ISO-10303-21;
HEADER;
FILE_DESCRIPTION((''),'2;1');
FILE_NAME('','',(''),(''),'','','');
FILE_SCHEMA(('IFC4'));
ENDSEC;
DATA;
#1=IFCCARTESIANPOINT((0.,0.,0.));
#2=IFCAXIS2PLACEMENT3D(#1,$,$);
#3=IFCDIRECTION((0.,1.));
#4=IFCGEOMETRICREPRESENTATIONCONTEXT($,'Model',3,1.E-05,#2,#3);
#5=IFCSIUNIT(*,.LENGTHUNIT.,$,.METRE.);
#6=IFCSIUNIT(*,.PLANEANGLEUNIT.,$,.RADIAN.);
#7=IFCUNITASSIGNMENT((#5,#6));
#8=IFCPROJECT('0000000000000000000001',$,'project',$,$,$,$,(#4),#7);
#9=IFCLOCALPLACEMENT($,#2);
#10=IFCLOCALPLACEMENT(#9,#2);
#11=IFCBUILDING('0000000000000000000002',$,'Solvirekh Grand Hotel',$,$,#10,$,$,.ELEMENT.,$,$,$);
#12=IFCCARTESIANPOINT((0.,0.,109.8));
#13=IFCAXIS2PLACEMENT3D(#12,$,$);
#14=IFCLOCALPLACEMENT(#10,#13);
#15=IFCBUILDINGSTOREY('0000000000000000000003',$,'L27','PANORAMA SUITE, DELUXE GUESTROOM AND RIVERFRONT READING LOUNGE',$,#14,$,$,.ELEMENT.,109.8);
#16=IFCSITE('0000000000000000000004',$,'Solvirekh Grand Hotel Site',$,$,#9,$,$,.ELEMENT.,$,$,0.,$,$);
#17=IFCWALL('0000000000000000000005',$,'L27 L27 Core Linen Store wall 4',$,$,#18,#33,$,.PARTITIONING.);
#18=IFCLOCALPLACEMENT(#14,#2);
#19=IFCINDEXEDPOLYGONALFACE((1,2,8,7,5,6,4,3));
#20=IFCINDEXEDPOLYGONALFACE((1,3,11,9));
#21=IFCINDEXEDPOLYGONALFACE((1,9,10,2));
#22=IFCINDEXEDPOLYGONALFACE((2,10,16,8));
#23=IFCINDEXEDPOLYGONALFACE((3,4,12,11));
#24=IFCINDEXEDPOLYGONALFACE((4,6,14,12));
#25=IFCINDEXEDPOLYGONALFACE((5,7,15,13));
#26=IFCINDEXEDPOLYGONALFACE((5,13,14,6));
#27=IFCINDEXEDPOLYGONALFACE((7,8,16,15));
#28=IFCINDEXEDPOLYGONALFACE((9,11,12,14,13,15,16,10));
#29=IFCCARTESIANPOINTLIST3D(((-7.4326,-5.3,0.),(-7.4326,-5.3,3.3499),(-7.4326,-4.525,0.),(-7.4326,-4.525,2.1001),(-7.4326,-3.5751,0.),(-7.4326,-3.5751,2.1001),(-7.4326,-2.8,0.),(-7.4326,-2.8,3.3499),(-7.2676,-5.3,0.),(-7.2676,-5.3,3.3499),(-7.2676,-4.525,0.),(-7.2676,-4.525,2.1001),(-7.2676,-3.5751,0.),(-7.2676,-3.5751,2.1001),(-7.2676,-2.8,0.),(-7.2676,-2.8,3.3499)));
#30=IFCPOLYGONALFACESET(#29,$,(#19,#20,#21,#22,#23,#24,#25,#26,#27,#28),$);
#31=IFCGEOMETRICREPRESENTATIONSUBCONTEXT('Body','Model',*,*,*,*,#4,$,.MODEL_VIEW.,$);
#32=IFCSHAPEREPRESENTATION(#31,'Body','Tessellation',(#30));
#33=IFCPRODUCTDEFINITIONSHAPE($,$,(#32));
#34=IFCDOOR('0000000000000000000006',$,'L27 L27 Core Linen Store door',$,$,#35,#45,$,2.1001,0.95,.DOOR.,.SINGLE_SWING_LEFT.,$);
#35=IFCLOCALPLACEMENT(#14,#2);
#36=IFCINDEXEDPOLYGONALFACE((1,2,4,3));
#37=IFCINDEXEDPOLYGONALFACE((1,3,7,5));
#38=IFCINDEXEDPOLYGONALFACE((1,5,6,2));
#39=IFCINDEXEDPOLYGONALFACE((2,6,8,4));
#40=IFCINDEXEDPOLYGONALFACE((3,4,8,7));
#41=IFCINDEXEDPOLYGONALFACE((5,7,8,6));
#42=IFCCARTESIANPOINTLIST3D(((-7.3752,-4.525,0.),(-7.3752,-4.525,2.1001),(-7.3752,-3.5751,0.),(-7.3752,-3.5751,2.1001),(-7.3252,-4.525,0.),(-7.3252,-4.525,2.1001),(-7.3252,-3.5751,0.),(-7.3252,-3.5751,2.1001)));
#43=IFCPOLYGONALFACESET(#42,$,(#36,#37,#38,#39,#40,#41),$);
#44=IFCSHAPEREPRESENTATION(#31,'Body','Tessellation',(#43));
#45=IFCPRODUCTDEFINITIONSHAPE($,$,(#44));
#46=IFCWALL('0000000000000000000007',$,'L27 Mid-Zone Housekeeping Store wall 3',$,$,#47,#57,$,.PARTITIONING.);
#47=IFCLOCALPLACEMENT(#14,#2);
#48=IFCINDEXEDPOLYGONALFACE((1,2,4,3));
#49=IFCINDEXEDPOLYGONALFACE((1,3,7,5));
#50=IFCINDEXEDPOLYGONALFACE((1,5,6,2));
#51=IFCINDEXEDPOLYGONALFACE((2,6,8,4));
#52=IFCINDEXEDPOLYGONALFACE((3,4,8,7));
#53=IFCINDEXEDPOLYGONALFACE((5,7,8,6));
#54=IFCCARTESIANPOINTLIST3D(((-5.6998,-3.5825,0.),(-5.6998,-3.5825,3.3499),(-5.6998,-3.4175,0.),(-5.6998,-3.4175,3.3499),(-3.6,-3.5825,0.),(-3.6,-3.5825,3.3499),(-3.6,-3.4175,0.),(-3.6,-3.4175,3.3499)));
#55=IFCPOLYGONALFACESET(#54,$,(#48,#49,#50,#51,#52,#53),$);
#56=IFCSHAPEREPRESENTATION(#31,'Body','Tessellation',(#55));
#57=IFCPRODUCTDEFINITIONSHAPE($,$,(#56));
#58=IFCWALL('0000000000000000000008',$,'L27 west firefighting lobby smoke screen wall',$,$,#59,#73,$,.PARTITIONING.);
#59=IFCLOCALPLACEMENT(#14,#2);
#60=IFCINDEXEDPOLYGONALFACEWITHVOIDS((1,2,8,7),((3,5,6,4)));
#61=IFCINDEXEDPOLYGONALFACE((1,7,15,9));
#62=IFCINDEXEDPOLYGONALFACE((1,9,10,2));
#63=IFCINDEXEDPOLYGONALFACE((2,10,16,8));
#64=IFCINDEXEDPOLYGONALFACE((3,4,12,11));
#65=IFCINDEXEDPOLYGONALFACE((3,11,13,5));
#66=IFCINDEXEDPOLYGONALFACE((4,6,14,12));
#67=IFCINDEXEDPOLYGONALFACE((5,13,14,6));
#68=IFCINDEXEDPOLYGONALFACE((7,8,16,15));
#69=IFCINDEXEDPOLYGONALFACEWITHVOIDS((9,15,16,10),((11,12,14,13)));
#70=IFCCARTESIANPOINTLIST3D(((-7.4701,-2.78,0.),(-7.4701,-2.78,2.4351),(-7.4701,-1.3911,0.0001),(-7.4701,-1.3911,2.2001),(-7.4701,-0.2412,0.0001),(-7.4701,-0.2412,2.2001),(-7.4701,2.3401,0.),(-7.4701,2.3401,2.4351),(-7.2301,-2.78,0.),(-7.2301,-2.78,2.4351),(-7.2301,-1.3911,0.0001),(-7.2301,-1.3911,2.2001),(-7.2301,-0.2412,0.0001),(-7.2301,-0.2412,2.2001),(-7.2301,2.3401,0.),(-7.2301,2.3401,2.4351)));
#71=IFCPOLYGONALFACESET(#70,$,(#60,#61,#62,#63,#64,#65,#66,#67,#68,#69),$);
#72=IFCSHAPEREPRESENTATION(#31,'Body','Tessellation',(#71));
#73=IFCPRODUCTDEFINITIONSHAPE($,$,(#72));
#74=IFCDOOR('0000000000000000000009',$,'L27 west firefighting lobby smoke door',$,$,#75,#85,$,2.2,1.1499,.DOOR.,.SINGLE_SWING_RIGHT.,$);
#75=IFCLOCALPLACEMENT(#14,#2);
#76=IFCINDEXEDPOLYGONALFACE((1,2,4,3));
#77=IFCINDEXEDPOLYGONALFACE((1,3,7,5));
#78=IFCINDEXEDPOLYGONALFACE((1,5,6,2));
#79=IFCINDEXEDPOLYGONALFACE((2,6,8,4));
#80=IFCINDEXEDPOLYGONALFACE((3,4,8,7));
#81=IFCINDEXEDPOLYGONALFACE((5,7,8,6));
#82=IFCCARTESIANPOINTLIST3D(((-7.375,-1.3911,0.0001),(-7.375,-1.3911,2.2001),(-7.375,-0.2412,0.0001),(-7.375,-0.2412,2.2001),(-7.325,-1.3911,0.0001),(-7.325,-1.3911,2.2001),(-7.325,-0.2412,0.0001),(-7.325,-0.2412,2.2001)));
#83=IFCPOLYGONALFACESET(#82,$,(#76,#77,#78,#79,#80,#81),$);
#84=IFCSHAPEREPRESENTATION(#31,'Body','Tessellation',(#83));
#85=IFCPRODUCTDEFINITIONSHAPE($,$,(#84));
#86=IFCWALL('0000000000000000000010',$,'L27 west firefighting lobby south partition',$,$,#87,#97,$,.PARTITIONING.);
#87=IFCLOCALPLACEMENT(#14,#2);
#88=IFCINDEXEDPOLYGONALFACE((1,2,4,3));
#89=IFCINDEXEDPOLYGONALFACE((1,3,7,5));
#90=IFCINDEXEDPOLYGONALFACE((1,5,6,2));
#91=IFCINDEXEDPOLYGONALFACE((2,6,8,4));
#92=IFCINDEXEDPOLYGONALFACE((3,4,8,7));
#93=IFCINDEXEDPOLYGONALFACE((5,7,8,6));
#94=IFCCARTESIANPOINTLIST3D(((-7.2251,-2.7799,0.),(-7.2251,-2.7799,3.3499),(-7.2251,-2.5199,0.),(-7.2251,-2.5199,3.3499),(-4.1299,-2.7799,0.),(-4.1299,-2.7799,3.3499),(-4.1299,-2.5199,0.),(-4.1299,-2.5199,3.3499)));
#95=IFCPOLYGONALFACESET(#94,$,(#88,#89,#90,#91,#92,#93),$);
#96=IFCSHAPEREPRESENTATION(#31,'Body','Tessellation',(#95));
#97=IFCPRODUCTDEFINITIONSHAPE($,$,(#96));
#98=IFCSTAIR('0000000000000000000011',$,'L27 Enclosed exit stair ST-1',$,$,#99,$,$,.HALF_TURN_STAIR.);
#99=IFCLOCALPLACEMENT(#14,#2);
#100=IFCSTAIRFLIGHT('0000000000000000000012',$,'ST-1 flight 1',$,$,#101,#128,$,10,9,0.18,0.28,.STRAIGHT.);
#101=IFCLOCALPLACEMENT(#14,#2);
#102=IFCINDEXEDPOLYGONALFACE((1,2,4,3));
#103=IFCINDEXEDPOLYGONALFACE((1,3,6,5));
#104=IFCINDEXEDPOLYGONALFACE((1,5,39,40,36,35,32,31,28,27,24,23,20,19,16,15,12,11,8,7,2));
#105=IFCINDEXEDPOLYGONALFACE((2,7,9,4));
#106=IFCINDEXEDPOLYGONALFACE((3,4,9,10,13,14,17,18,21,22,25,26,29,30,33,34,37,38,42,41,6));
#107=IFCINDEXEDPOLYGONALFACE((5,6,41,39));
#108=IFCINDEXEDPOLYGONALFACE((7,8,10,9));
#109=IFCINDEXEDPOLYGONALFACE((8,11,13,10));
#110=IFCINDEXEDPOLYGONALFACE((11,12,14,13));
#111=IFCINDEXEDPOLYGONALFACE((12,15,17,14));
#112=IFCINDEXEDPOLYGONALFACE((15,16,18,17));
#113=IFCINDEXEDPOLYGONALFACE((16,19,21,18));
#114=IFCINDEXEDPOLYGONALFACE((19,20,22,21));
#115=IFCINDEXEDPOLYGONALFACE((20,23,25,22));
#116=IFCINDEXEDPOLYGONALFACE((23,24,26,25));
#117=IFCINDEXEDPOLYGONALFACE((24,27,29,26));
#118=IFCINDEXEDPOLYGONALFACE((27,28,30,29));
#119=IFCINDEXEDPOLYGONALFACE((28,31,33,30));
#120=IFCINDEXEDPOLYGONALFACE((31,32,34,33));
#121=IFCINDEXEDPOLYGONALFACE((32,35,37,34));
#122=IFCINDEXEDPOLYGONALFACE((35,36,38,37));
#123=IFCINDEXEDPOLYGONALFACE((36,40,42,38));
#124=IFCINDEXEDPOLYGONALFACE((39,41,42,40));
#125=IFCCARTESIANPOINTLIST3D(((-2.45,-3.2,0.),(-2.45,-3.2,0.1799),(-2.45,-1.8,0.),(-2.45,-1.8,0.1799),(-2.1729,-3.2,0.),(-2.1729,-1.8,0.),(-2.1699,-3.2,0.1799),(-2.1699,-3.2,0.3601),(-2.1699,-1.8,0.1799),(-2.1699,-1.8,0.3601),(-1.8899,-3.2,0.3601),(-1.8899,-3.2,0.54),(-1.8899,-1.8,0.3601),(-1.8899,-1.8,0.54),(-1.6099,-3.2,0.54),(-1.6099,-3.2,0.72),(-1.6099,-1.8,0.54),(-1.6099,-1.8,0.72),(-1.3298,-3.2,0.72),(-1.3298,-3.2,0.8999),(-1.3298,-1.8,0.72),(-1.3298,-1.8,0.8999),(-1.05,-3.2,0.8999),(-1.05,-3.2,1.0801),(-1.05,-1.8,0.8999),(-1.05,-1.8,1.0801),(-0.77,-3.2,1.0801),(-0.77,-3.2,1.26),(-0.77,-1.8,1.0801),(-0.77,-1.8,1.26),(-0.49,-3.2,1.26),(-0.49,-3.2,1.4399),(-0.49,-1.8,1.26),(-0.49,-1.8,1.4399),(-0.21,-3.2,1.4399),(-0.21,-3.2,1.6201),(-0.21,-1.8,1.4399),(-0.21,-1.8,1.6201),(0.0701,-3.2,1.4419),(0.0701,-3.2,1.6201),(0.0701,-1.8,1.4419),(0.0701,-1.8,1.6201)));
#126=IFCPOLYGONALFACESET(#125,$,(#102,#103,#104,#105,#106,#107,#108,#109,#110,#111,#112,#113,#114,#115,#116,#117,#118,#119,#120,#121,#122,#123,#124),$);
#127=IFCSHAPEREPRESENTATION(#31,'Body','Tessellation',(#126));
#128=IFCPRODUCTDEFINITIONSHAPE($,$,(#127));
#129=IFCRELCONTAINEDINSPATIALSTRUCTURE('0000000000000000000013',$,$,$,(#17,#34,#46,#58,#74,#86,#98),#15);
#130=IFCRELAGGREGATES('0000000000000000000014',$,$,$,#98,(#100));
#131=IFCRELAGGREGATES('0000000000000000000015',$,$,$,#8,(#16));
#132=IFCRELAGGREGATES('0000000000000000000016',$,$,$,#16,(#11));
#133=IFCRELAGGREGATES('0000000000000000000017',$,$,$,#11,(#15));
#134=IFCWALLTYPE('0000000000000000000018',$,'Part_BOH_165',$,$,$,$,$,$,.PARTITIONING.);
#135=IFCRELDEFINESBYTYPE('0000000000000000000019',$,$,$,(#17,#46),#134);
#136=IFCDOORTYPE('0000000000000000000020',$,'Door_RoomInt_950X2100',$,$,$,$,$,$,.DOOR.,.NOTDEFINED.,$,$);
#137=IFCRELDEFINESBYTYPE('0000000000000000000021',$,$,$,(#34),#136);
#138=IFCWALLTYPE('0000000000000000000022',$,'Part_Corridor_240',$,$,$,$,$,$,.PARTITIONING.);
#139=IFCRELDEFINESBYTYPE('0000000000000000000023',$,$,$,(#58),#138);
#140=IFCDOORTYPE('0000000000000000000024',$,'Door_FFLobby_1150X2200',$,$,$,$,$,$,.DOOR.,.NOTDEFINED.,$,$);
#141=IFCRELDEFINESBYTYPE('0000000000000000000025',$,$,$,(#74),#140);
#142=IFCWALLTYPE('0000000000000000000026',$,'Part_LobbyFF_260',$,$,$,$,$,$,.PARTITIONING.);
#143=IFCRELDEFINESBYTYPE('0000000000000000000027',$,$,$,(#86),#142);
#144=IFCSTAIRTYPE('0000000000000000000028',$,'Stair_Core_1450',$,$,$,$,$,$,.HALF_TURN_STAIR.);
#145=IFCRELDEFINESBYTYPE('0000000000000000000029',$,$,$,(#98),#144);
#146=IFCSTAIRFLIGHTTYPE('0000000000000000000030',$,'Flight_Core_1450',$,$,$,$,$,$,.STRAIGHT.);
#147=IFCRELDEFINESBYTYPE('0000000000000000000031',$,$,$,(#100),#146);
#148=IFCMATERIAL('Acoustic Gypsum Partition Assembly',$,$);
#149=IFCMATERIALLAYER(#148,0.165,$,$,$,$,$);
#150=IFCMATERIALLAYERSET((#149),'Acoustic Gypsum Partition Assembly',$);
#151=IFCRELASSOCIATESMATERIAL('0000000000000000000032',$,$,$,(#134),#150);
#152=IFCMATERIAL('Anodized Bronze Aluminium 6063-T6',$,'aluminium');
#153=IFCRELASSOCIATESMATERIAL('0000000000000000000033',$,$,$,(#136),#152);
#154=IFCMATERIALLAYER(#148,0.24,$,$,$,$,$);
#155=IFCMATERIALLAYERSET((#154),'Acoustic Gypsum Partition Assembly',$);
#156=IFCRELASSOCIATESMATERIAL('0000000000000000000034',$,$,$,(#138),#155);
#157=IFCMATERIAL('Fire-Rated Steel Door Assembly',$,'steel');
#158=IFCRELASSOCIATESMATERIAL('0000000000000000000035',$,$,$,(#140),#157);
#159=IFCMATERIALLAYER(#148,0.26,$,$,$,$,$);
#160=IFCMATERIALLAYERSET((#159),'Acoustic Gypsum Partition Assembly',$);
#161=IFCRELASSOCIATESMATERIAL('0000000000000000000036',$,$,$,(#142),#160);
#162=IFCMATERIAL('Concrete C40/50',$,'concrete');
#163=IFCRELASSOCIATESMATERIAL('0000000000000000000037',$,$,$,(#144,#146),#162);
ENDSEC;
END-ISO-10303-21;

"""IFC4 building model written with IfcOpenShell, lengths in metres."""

from ifc_helpers import new_model, si_unit, direction, frame, frame_2d, origin, place, context, subcontext, project, spatial, polyline, rectangle, outline, extrude, material, layer, layer_set, type_object, element, fill, aggregate, save


model = new_model("IFC4")

# Units and contexts
model_context = context("Model", 3, precision=1e-05, world=origin(), true_north=direction((0.0, 1.0)))
body_context = subcontext(model_context, "Body", "Model", "MODEL_VIEW")
ifc_project = project(units=[si_unit("LENGTHUNIT", "METRE"), si_unit("PLANEANGLEUNIT", "RADIAN")], contexts=[model_context])

# Site, building, storey
site_placement = place(None, origin())
site = spatial("IfcSite", under=ifc_project, at=site_placement, Name="Solvirekh Grand Hotel Site", CompositionType="ELEMENT", RefElevation=0.0)
building_placement = place(site_placement, origin())
building = spatial("IfcBuilding", under=site, at=building_placement, Name="Solvirekh Grand Hotel", CompositionType="ELEMENT")
storey_placement = place(building_placement, frame((0.0, 0.0, 109.8)))
storey = spatial("IfcBuildingStorey", under=building, at=storey_placement, Name="L27", Description="PANORAMA SUITE, DELUXE GUESTROOM AND RIVERFRONT READING LOUNGE", CompositionType="ELEMENT", Elevation=109.8)

# Shared definitions
ifc_material_1 = material(Name="Concrete C40/50", Category="concrete")
ifc_material_2 = material(Name="Fire-Rated Steel Door Assembly", Category="steel")

# Shared definitions
ifc_material_3 = material(Name="Acoustic Gypsum Partition Assembly")
ifc_layer_1 = layer(ifc_material_3, 0.165)
ifc_layer_set_1 = layer_set([ifc_layer_1], Name="Acoustic Gypsum Partition Assembly")
wall_type_1 = type_object("IfcWallType", Name="Part_BOH_165", PredefinedType="PARTITIONING", material=ifc_layer_set_1)

# Wall, opening, door
wall_1_placement = place(storey_placement, frame((-7.3501, -2.8, 0.0), z_axis=(0.0, 0.0, 1.0), x_axis=(0.0, -1.0, 0.0)))
wall_1 = element("IfcWall", 1, at=wall_1_placement, inside=storey, type_object=wall_type_1, Name="L27 L27 Core Linen Store wall 4", PredefinedType="PARTITIONING", context=body_context, shape_type="SweptSolid", body=[
    extrude(rectangle(XDim=2.5, YDim=0.165, at=frame_2d((1.25, 0.0))), origin(), (0.0, 0.0, 1.0), 3.3499),
])
opening_1_placement = place(wall_1_placement, frame((0.7749, 0.0, 0.0)))
opening_1 = element("IfcOpeningElement", 2, at=opening_1_placement, cuts=wall_1, PredefinedType="OPENING", context=body_context, shape_type="SweptSolid", body=[
    extrude(rectangle(XDim=0.95, YDim=2.1001, at=frame_2d((0.4751, 1.05))), frame((0.0, 0.0925, 0.0), z_axis=(0.0, -1.0, 0.0), x_axis=(1.0, 0.0, 0.0)), (0.0, 0.0, 1.0), 0.1851),
])
ifc_material_4 = material(Name="Anodized Bronze Aluminium 6063-T6", Category="aluminium")
door_type_1 = type_object("IfcDoorType", Name="Door_RoomInt_950X2100", OperationType="NOTDEFINED", PredefinedType="DOOR", material=ifc_material_4)
door_1_placement = place(opening_1_placement, origin())
door_1 = element("IfcDoor", 3, at=door_1_placement, inside=storey, type_object=door_type_1, Name="L27 L27 Core Linen Store door", OperationType="SINGLE_SWING_LEFT", OverallHeight=2.1001, OverallWidth=0.95, PredefinedType="DOOR", context=body_context, shape_type="SweptSolid", body=[
    extrude(rectangle(XDim=0.95, YDim=2.1001, at=frame_2d((0.4751, 1.05))), frame((0.0, 0.0249, 0.0), z_axis=(0.0, -1.0, 0.0), x_axis=(1.0, 0.0, 0.0)), (0.0, 0.0, 1.0), 0.05),
])
fill(opening_1, door_1)

# Wall
wall_2_placement = place(storey_placement, frame((-3.6001, -3.5, 0.0), z_axis=(0.0, 0.0, 1.0), x_axis=(-1.0, 0.0, 0.0)))
element("IfcWall", 4, at=wall_2_placement, inside=storey, type_object=wall_type_1, Name="L27 Mid-Zone Housekeeping Store wall 3", PredefinedType="PARTITIONING", context=body_context, shape_type="SweptSolid", body=[
    extrude(rectangle(XDim=2.0999, YDim=0.165, at=frame_2d((1.0498, 0.0))), origin(), (0.0, 0.0, 1.0), 3.3499),
])

# Wall, opening, door
ifc_layer_2 = layer(ifc_material_3, 0.24)
ifc_layer_set_2 = layer_set([ifc_layer_2], Name="Acoustic Gypsum Partition Assembly")
wall_type_2 = type_object("IfcWallType", Name="Part_Corridor_240", PredefinedType="PARTITIONING", material=ifc_layer_set_2)
wall_3_placement = place(storey_placement, frame((-7.3501, -2.78, 0.0), z_axis=(0.0, 0.0, 1.0), x_axis=(0.0, 1.0, 0.0)))
wall_3 = element("IfcWall", 5, at=wall_3_placement, inside=storey, type_object=wall_type_2, Name="L27 west firefighting lobby smoke screen wall", PredefinedType="PARTITIONING", context=body_context, shape_type="SweptSolid", body=[
    extrude(rectangle(XDim=5.1201, YDim=0.24, at=frame_2d((2.5601, 0.0))), origin(), (0.0, 0.0, 1.0), 2.4351),
])
opening_2_placement = place(wall_3_placement, frame((1.3889, 0.0, 0.0)))
opening_2 = element("IfcOpeningElement", 6, at=opening_2_placement, cuts=wall_3, PredefinedType="OPENING", context=body_context, shape_type="SweptSolid", body=[
    extrude(rectangle(XDim=1.1499, YDim=2.2, at=frame_2d((0.575, 1.1001))), frame((0.0, 0.1299, 0.0), z_axis=(0.0, -1.0, 0.0), x_axis=(1.0, 0.0, 0.0)), (0.0, 0.0, 1.0), 0.26),
])
door_type_2 = type_object("IfcDoorType", Name="Door_FFLobby_1150X2200", OperationType="NOTDEFINED", PredefinedType="DOOR", material=ifc_material_2)
door_2_placement = place(opening_2_placement, origin())
door_2 = element("IfcDoor", 7, at=door_2_placement, inside=storey, type_object=door_type_2, Name="L27 west firefighting lobby smoke door", OperationType="SINGLE_SWING_RIGHT", OverallHeight=2.2, OverallWidth=1.1499, PredefinedType="DOOR", context=body_context, shape_type="SweptSolid", body=[
    extrude(rectangle(XDim=1.1499, YDim=2.2, at=frame_2d((0.575, 1.1001))), frame((0.0, 0.0249, 0.0), z_axis=(0.0, -1.0, 0.0), x_axis=(1.0, 0.0, 0.0)), (0.0, 0.0, 1.0), 0.05),
])
fill(opening_2, door_2)

# Wall
ifc_layer_3 = layer(ifc_material_3, 0.26)
ifc_layer_set_3 = layer_set([ifc_layer_3], Name="Acoustic Gypsum Partition Assembly")
wall_type_3 = type_object("IfcWallType", Name="Part_LobbyFF_260", PredefinedType="PARTITIONING", material=ifc_layer_set_3)
wall_4_placement = place(storey_placement, frame((-7.2251, -2.6499, 0.0), z_axis=(0.0, 0.0, 1.0), x_axis=(1.0, 0.0, 0.0)))
element("IfcWall", 8, at=wall_4_placement, inside=storey, type_object=wall_type_3, Name="L27 west firefighting lobby south partition", PredefinedType="PARTITIONING", context=body_context, shape_type="SweptSolid", body=[
    extrude(rectangle(XDim=3.0952, YDim=0.26, at=frame_2d((1.5476, 0.0))), origin(), (0.0, 0.0, 1.0), 3.3499),
])

# Stair, stair flight
stair_type = type_object("IfcStairType", Name="Stair_Core_1450", PredefinedType="HALF_TURN_STAIR", material=ifc_material_1)
stair_placement = place(storey_placement, origin())
stair = element("IfcStair", 9, at=stair_placement, inside=storey, type_object=stair_type, Name="L27 Enclosed exit stair ST-1", PredefinedType="HALF_TURN_STAIR")
stair_flight_type = type_object("IfcStairFlightType", Name="Flight_Core_1450", PredefinedType="STRAIGHT", material=ifc_material_1)
stair_flight_placement = place(storey_placement, frame((-2.45, -2.5, 0.0), z_axis=(0.0, 0.0, 1.0), x_axis=(1.0, 0.0, 0.0)))
stair_flight = element("IfcStairFlight", 10, at=stair_flight_placement, type_object=stair_flight_type, Name="ST-1 flight 1", NumberOfRisers=10, NumberOfTreads=9, PredefinedType="STRAIGHT", RiserHeight=0.18, TreadLength=0.28, context=body_context, shape_type="SweptSolid", body=[
    extrude(outline(polyline([(0.0, 0.0), (0.0, 0.1799), (0.28, 0.1799), (0.28, 0.3601), (0.5601, 0.3601), (0.5601, 0.54), (0.8401, 0.54), (0.8401, 0.72), (1.1201, 0.72), (1.1201, 0.8999), (1.3999, 0.8999), (1.3999, 1.0801), (1.6799, 1.0801), (1.6799, 1.26), (1.96, 1.26), (1.96, 1.4399), (2.24, 1.4399), (2.24, 1.6201), (2.52, 1.6201), (2.52, 1.8), (2.52, 1.4419), (0.2771, 0.0), (0.0, 0.0)])), frame((0.0, 0.7, 0.0), z_axis=(0.0, -1.0, 0.0), x_axis=(1.0, 0.0, 0.0)), (0.0, 0.0, 1.0), 1.3999),
])
aggregate(stair, [stair_flight])

save(model, "model.ifc")
